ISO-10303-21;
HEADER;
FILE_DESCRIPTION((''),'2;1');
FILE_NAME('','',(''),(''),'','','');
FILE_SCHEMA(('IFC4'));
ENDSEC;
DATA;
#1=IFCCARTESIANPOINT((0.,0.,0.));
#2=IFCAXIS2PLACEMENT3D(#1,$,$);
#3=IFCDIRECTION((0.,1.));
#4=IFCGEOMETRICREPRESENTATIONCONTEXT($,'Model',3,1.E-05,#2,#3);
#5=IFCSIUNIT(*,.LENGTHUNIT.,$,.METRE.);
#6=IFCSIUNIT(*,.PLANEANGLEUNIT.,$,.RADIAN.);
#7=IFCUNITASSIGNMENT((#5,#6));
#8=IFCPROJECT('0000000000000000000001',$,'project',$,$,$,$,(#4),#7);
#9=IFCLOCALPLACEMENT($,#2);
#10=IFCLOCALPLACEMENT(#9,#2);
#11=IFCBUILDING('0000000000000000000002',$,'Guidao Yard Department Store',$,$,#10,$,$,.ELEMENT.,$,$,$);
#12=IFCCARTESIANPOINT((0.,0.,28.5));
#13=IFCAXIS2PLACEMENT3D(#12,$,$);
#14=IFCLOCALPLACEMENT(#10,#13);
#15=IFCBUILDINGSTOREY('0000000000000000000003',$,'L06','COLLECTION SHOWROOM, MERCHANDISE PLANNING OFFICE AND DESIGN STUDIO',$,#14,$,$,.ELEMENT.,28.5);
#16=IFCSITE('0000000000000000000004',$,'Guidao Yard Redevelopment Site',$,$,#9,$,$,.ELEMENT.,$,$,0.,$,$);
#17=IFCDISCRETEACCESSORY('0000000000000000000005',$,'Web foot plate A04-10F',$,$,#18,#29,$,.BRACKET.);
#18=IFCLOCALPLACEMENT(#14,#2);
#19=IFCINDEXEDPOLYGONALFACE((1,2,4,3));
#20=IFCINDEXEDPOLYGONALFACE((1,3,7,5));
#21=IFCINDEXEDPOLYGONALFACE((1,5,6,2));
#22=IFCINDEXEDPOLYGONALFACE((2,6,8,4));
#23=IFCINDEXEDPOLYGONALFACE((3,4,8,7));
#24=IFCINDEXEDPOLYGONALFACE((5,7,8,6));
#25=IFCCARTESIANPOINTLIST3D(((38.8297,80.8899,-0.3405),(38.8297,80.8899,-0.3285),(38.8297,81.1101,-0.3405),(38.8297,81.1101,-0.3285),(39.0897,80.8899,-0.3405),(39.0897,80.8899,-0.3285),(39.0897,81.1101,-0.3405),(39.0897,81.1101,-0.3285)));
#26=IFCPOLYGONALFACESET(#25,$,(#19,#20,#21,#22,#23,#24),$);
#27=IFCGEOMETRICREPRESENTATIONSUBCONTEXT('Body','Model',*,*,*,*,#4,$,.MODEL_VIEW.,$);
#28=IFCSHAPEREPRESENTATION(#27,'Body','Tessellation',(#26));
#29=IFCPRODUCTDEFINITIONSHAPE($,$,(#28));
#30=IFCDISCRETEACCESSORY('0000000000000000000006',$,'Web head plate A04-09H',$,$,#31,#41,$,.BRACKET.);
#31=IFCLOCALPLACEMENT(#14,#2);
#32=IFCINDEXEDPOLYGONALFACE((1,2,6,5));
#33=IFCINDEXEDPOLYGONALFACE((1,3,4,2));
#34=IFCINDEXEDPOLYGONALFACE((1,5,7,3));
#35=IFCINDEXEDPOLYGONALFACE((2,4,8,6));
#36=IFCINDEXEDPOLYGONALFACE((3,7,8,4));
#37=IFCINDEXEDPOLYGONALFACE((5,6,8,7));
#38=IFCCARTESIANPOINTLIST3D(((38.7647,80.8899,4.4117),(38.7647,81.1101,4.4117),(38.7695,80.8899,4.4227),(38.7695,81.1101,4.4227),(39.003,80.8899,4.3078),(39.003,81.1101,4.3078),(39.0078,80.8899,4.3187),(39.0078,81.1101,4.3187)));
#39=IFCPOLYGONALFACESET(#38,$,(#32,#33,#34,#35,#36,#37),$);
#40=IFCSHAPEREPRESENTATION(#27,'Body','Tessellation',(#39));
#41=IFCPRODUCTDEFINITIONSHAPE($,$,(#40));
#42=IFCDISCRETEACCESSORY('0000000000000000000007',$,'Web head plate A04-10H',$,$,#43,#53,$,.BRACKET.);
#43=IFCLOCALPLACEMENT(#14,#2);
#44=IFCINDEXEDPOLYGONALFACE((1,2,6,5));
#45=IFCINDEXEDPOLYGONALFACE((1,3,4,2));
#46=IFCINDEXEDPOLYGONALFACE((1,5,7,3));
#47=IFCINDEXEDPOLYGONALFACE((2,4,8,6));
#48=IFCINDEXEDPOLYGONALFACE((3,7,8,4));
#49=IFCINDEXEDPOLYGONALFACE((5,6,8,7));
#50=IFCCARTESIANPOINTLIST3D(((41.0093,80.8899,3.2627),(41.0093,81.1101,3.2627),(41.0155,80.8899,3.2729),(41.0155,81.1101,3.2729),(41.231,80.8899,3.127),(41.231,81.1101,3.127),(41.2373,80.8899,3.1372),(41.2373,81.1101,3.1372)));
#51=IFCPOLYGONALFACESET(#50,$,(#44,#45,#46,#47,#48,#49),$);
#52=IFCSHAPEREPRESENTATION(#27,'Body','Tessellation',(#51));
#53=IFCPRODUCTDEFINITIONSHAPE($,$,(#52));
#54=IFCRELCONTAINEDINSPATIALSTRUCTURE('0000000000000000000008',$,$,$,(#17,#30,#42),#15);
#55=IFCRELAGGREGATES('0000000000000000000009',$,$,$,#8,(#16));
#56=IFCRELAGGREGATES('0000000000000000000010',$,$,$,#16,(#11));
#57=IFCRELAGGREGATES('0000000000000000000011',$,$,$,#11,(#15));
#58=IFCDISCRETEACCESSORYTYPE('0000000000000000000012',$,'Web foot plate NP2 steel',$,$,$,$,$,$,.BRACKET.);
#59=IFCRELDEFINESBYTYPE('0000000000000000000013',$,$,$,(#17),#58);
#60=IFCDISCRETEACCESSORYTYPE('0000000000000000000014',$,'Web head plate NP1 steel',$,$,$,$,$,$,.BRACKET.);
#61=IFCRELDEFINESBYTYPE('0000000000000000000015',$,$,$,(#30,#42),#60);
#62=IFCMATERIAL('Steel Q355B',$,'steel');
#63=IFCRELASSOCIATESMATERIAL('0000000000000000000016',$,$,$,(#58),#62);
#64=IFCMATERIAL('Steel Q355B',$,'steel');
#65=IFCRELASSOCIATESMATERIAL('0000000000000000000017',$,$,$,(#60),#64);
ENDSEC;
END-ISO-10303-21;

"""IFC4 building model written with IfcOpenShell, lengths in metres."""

from ifc_helpers import new_model, si_unit, direction, frame, origin, origin_2d, place, context, subcontext, project, spatial, rectangle, extrude, material, material_profile, profile_set, type_object, element, save


model = new_model("IFC4")

# Units and contexts
model_context = context("Model", 3, precision=1e-05, world=origin(), true_north=direction((0.0, 1.0)))
body_context = subcontext(model_context, "Body", "Model", "MODEL_VIEW")
ifc_project = project(units=[si_unit("LENGTHUNIT", "METRE"), si_unit("PLANEANGLEUNIT", "RADIAN")], contexts=[model_context])

# Site, building, storey
site_placement = place(None, origin())
site = spatial("IfcSite", under=ifc_project, at=site_placement, Name="Guidao Yard Redevelopment Site", CompositionType="ELEMENT", RefElevation=0.0)
building_placement = place(site_placement, origin())
building = spatial("IfcBuilding", under=site, at=building_placement, Name="Guidao Yard Department Store", CompositionType="ELEMENT")
storey_placement = place(building_placement, frame((0.0, 0.0, 28.5)))
storey = spatial("IfcBuildingStorey", under=building, at=storey_placement, Name="L06", Description="COLLECTION SHOWROOM, MERCHANDISE PLANNING OFFICE AND DESIGN STUDIO", CompositionType="ELEMENT", Elevation=28.5)

# Discrete accessories
ifc_material_1 = material(Name="Steel Q355B", Category="steel")
ifc_material_profile_1 = material_profile(ifc_material_1, rectangle(XDim=0.26, YDim=0.012, at=origin_2d()), Name="Node plate 260x12")
ifc_profile_set_1 = profile_set([ifc_material_profile_1], Name="Steel Q355B")
discrete_accessory_type_1 = type_object("IfcDiscreteAccessoryType", Name="Web foot plate NP2 steel", PredefinedType="BRACKET", material=ifc_profile_set_1)
discrete_accessory_placement = place(storey_placement, frame((38.9597, 80.8899, -0.3345), z_axis=(0.0, 1.0, 0.0), x_axis=(-1.0, 0.0, 0.0)))
element("IfcDiscreteAccessory", 1, at=discrete_accessory_placement, inside=storey, type_object=discrete_accessory_type_1, Name="Web foot plate A04-10F", PredefinedType="BRACKET", context=body_context, shape_type="SweptSolid", body=[
    extrude(rectangle(XDim=0.26, YDim=0.012, at=origin_2d()), origin(), (0.0, 0.0, 1.0), 0.2202),
])
ifc_material_2 = material(Name="Steel Q355B", Category="steel")
ifc_material_profile_2 = material_profile(ifc_material_2, rectangle(XDim=0.26, YDim=0.012, at=origin_2d()), Name="Node plate 260x12")
ifc_profile_set_2 = profile_set([ifc_material_profile_2], Name="Steel Q355B")
discrete_accessory_type_2 = type_object("IfcDiscreteAccessoryType", Name="Web head plate NP1 steel", PredefinedType="BRACKET", material=ifc_profile_set_2)
for number, where, z_axis, x_axis, name in (
    (2, (38.8862, 80.8899, 4.3652), (0.0, 1.0, 0.0), (-0.916571, 0.0, 0.399871), "Web head plate A04-09H"),
    (3, (41.1233, 80.8899, 3.2), (0.0, 1.0, 0.0), (-0.852874, 0.0, 0.522116), "Web head plate A04-10H"),
):
    element("IfcDiscreteAccessory", number, at=place(storey_placement, frame(where, z_axis=z_axis, x_axis=x_axis)), inside=storey, type_object=discrete_accessory_type_2, Name=name, PredefinedType="BRACKET", context=body_context, shape_type="SweptSolid", body=[
        extrude(rectangle(XDim=0.26, YDim=0.012, at=origin_2d()), origin(), (0.0, 0.0, 1.0), 0.2202),
    ])

save(model, "model.ifc")
